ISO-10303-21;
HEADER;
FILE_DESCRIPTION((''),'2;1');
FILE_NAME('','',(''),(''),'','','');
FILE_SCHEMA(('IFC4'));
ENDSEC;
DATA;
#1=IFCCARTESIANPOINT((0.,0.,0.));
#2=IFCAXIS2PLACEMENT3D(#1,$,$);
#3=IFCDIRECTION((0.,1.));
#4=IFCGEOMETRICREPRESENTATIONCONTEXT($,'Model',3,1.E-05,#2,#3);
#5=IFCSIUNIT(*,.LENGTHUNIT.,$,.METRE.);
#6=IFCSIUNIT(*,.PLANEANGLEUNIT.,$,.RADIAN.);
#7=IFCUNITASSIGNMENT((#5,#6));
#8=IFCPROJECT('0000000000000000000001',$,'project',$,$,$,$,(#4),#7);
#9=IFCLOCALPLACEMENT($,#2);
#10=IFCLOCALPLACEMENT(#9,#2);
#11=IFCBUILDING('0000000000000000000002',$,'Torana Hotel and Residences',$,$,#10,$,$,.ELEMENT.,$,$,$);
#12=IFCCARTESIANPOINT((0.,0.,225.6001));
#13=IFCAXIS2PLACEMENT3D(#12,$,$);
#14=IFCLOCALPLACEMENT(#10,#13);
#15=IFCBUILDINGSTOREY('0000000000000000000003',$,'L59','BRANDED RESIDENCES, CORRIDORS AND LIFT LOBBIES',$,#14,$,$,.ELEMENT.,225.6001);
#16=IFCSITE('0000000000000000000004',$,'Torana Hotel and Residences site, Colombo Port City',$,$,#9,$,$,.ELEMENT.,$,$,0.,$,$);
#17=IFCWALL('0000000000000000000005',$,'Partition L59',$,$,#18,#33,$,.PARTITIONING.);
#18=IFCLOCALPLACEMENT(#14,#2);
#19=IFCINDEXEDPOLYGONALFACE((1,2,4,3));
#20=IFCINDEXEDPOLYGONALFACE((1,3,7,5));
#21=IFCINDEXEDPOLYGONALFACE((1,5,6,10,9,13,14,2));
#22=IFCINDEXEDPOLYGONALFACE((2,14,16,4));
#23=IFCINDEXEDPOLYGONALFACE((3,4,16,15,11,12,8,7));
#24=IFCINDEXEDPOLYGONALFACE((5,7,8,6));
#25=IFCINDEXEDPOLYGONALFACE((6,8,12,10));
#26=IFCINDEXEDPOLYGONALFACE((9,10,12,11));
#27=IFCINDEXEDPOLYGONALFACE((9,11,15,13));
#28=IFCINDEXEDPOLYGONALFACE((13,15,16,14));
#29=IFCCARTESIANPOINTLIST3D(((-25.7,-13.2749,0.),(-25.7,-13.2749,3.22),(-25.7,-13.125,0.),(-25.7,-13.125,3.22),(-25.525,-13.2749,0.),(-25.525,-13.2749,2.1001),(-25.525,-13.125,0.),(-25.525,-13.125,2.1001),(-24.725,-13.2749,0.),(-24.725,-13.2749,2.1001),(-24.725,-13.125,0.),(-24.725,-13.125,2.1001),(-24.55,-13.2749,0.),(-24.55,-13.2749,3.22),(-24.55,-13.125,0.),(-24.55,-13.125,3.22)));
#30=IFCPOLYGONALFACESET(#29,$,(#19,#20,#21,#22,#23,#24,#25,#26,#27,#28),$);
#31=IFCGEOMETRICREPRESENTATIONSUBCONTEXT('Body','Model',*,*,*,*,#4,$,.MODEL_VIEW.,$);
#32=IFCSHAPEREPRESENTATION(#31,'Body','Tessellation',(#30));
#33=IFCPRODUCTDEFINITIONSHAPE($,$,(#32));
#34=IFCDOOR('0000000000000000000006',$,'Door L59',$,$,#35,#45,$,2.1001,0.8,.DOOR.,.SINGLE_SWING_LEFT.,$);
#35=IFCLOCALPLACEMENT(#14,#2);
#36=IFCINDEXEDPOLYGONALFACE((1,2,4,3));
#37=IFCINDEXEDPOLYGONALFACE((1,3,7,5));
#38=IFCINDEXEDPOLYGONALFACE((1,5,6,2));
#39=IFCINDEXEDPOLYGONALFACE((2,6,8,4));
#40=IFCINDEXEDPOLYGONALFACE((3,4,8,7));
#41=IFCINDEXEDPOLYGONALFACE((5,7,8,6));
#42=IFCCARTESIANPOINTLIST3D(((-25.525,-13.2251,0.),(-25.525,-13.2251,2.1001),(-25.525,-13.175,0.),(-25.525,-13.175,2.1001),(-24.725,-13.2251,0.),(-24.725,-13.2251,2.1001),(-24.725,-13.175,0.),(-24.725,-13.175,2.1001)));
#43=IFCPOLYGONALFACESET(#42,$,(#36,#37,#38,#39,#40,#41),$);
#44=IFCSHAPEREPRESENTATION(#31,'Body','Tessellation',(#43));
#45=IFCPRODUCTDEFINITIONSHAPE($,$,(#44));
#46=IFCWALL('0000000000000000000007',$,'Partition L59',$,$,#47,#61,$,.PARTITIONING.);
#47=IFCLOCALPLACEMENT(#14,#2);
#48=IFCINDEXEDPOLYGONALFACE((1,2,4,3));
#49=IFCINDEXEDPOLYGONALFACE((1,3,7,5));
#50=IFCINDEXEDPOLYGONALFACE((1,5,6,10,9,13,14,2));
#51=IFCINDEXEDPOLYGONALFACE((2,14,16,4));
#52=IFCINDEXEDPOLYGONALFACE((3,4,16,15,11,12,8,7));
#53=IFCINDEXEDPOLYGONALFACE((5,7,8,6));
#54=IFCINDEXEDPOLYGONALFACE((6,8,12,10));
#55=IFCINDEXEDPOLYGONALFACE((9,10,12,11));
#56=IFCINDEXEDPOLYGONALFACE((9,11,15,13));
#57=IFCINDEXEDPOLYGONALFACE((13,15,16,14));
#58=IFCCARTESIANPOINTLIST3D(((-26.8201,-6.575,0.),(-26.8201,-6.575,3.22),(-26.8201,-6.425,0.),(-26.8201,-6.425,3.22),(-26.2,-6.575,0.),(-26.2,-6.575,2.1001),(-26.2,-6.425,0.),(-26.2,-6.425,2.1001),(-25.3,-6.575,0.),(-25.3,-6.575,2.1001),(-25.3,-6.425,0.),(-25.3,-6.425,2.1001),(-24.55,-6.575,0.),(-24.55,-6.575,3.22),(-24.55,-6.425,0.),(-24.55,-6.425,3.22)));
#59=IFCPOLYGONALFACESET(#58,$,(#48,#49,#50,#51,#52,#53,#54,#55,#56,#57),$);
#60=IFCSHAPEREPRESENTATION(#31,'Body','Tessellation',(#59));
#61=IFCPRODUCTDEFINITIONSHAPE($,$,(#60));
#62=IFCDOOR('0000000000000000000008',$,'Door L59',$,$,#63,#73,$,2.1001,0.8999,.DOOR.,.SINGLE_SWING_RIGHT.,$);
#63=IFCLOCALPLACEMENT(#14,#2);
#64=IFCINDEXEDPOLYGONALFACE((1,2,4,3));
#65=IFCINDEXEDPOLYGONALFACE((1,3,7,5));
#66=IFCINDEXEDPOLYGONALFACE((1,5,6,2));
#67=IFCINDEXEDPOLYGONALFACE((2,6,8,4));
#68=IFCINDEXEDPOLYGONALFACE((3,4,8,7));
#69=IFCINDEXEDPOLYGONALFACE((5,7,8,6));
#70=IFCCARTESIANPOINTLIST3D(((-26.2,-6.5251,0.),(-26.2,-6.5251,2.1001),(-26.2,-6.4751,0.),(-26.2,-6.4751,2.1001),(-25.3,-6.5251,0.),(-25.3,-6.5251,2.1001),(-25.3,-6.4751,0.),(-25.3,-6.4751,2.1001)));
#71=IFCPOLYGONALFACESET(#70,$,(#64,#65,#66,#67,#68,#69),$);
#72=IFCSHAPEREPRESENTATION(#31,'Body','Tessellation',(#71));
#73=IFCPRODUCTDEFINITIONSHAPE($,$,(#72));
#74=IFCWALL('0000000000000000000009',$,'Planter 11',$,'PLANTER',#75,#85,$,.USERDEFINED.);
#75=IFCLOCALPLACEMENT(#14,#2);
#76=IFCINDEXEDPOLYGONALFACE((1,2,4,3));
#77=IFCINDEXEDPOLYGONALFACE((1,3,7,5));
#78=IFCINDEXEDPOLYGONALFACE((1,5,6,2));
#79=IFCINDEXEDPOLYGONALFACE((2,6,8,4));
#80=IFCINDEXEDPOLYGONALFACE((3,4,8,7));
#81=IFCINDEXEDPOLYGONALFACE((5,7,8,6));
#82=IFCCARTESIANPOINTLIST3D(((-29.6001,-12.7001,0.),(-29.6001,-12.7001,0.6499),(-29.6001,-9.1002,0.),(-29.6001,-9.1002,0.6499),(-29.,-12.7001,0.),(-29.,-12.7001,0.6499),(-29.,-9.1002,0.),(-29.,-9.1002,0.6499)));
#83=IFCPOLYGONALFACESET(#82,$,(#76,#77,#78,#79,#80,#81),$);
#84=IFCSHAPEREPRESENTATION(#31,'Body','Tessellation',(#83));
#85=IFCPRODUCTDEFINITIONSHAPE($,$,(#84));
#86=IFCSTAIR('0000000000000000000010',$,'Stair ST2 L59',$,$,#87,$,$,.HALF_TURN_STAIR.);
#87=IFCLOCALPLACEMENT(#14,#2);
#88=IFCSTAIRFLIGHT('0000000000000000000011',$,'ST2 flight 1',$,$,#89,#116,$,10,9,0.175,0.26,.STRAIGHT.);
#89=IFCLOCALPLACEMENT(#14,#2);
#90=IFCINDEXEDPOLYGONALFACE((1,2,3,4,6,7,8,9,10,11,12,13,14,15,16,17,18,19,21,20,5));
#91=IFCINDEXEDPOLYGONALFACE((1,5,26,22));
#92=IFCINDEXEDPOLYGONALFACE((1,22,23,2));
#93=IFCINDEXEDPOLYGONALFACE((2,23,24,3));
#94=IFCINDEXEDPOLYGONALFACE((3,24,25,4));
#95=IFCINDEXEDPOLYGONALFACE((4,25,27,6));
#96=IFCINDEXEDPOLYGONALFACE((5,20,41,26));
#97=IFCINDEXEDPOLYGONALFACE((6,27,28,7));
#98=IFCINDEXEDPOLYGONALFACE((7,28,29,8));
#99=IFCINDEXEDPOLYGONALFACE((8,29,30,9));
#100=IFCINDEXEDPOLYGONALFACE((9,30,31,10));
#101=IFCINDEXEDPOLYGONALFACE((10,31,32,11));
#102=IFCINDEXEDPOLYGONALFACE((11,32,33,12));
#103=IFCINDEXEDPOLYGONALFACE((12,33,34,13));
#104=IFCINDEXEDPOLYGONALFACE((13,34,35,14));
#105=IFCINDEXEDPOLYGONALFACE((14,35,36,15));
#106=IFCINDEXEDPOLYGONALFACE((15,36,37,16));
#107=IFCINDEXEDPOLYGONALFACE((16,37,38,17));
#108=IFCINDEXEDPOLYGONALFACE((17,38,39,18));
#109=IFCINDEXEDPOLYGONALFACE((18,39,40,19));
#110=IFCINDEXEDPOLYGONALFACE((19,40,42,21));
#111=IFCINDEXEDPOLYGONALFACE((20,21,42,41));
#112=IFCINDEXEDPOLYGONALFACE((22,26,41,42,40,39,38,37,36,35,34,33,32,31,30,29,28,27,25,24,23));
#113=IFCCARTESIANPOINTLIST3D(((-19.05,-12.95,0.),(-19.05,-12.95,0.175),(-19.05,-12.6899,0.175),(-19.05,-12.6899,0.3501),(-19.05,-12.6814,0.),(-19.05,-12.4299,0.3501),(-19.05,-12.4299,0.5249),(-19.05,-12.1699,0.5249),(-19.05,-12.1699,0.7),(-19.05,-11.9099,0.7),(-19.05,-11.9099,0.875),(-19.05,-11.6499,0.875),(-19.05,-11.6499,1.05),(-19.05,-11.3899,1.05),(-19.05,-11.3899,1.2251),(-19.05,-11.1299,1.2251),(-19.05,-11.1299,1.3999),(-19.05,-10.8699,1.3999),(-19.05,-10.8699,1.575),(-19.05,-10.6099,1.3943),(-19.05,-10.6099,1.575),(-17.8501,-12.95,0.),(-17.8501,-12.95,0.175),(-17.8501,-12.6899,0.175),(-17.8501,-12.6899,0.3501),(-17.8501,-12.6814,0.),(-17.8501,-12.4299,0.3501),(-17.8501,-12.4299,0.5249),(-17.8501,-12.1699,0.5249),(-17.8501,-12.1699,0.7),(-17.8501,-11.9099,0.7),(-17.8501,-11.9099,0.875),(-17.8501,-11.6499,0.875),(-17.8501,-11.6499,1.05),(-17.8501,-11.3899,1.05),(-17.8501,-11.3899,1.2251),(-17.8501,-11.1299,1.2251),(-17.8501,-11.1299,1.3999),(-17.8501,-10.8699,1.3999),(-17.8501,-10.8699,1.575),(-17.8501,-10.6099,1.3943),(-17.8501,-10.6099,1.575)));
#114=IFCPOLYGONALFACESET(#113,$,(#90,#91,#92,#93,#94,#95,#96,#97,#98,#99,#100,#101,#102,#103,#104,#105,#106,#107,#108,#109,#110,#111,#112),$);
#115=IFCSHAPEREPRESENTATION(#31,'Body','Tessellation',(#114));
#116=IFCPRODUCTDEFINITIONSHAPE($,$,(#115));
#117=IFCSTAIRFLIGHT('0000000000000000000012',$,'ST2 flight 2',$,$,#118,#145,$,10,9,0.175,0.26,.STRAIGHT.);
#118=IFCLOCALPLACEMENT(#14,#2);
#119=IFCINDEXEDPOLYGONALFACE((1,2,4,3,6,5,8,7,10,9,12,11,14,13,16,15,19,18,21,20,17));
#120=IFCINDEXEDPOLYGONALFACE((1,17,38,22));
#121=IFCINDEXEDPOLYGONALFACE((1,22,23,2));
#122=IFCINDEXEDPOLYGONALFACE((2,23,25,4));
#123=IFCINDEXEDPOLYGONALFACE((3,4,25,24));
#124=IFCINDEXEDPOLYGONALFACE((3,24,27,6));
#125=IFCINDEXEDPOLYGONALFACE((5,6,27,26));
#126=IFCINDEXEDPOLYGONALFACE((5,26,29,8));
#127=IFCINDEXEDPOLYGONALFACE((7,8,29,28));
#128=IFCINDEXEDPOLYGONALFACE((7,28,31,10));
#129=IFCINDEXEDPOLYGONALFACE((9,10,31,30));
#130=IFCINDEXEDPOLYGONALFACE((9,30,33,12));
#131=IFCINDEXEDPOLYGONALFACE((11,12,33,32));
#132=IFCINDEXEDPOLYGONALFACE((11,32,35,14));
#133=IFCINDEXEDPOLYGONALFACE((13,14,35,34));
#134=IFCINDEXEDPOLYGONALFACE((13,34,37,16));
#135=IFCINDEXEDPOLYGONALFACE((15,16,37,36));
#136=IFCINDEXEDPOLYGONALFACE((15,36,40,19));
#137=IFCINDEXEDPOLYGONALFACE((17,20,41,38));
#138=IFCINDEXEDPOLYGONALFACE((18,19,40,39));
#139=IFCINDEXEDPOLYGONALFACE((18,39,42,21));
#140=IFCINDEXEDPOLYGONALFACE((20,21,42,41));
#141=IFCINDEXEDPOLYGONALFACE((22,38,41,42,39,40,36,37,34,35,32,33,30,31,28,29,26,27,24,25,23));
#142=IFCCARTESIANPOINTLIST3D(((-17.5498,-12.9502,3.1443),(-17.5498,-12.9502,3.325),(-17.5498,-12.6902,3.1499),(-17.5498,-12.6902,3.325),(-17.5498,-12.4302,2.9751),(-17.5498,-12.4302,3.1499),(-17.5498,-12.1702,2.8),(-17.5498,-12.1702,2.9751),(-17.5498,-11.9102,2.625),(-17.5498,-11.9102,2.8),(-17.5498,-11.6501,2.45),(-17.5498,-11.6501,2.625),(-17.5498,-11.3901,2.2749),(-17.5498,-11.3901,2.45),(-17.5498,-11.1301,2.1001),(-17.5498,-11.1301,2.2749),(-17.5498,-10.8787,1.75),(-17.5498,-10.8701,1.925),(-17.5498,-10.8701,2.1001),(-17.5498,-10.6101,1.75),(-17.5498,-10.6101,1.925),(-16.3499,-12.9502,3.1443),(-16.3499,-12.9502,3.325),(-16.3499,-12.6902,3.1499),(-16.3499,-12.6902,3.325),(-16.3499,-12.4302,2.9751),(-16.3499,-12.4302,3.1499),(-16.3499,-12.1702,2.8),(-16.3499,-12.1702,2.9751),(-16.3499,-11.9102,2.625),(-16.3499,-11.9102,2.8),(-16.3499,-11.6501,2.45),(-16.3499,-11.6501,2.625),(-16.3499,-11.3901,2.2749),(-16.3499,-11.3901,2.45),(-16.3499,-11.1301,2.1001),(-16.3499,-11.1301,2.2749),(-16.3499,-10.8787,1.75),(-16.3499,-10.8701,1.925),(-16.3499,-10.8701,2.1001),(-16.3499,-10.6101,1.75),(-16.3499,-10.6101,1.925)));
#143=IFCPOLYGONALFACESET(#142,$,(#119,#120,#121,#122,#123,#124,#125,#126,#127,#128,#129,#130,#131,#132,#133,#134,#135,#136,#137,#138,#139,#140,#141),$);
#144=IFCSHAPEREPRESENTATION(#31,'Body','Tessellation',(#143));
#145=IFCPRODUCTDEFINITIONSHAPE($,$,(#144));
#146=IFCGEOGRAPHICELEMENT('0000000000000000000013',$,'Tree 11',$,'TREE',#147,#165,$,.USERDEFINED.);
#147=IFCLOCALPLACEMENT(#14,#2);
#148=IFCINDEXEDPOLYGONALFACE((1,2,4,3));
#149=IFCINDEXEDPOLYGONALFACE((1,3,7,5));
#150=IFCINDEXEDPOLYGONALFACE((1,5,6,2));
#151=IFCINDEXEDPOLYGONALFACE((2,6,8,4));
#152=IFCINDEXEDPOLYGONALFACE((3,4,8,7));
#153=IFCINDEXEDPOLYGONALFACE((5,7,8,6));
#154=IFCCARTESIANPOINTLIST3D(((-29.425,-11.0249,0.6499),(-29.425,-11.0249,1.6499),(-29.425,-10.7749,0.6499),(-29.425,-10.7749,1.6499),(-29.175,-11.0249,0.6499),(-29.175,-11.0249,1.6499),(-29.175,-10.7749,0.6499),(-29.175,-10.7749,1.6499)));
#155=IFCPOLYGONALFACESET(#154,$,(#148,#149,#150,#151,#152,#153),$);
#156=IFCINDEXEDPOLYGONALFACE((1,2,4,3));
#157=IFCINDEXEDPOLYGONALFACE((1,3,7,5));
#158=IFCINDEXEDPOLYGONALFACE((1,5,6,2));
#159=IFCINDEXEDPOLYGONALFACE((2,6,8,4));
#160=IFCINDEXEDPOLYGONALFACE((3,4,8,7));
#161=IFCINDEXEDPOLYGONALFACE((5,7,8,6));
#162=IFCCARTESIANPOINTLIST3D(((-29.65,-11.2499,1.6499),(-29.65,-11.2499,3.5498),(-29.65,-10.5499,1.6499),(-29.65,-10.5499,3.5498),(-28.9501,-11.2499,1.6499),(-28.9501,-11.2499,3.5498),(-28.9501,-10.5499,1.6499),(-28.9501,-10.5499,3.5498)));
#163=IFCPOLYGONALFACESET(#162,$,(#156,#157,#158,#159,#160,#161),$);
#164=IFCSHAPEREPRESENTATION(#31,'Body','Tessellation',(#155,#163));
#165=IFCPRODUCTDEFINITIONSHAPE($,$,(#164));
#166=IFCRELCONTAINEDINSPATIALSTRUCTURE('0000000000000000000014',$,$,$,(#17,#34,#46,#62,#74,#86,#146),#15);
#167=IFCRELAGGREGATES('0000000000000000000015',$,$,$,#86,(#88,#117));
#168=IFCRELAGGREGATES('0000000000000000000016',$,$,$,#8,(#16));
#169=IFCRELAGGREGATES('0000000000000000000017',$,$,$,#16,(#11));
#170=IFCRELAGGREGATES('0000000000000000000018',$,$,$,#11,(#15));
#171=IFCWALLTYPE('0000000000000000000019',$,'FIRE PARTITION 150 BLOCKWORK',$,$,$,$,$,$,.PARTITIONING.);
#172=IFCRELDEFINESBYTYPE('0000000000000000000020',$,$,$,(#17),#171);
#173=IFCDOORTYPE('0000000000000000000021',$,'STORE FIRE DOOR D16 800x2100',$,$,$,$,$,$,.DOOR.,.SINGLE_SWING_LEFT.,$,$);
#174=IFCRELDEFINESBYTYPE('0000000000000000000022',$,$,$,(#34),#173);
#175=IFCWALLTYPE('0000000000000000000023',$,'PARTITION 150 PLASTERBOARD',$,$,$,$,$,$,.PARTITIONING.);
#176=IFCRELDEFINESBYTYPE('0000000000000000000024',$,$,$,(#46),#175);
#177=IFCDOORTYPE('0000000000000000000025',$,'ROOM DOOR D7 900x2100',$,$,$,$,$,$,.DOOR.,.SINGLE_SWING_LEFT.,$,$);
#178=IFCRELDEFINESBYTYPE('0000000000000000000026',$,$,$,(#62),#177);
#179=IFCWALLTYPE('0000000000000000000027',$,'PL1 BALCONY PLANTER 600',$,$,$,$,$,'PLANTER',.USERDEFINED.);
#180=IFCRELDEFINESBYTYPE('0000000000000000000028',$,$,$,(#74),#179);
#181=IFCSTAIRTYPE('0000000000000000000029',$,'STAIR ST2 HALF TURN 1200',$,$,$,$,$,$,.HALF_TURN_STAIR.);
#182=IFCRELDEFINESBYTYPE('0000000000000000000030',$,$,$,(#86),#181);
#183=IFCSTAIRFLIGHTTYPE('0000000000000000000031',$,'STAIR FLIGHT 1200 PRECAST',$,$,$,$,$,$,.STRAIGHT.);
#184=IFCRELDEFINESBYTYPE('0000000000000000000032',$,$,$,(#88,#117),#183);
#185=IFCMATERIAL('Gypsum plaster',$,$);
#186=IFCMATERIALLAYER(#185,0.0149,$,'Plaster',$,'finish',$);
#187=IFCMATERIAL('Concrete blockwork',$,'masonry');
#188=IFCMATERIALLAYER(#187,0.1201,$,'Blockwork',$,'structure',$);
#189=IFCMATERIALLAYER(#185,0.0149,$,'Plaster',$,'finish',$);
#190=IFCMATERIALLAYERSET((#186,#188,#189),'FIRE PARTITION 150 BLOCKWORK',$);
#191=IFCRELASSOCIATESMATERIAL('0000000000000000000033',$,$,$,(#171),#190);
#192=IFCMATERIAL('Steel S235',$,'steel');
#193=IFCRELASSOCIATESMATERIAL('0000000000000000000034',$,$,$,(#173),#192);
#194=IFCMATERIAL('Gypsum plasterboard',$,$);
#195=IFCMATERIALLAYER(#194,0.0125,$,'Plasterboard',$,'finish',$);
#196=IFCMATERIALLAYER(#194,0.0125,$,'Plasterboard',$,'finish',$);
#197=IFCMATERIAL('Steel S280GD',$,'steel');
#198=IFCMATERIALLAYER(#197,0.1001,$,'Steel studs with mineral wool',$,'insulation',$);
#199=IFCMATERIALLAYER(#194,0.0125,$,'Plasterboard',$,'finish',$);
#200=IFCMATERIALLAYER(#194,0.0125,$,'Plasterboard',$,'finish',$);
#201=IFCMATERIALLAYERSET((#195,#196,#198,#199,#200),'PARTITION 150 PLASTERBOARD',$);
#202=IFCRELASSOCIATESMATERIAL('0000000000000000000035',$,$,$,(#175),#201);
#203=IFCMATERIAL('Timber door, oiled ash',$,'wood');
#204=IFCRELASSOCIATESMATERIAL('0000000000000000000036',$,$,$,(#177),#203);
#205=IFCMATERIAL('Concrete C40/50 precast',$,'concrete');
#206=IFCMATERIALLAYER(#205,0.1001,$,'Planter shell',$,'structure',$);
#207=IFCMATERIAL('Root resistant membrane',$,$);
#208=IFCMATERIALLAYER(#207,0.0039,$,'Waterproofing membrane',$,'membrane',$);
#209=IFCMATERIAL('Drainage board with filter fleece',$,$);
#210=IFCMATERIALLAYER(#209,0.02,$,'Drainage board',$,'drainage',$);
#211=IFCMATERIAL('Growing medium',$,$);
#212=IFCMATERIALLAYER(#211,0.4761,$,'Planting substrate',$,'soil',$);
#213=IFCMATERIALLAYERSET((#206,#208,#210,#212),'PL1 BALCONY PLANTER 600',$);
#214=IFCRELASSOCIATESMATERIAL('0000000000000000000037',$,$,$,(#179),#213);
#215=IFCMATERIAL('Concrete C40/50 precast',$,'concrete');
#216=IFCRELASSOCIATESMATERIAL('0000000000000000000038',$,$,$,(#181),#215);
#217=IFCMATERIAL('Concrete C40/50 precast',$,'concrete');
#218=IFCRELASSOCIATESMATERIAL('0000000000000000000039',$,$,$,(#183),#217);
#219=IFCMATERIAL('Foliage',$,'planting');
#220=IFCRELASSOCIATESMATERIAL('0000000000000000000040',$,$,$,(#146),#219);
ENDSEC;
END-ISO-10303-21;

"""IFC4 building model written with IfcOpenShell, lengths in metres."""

from ifc_helpers import new_model, si_unit, direction, frame, frame_2d, origin, origin_2d, place, context, subcontext, project, spatial, polyline, rectangle, outline, extrude, material, layer, layer_set, type_object, element, fill, aggregate, save


model = new_model("IFC4")

# Units and contexts
model_context = context("Model", 3, precision=1e-05, world=origin(), true_north=direction((0.0, 1.0)))
body_context = subcontext(model_context, "Body", "Model", "MODEL_VIEW")
ifc_project = project(units=[si_unit("LENGTHUNIT", "METRE"), si_unit("PLANEANGLEUNIT", "RADIAN")], contexts=[model_context])

# Site, building, storey
site_placement = place(None, origin())
site = spatial("IfcSite", under=ifc_project, at=site_placement, Name="Torana Hotel and Residences site, Colombo Port City", CompositionType="ELEMENT", RefElevation=0.0)
building_placement = place(site_placement, origin())
building = spatial("IfcBuilding", under=site, at=building_placement, Name="Torana Hotel and Residences", CompositionType="ELEMENT")
storey_placement = place(building_placement, frame((0.0, 0.0, 225.6001)))
storey = spatial("IfcBuildingStorey", under=building, at=storey_placement, Name="L59", Description="BRANDED RESIDENCES, CORRIDORS AND LIFT LOBBIES", CompositionType="ELEMENT", Elevation=225.6001)

# Walls, openings, doors
ifc_material_1 = material(Name="Gypsum plaster")
ifc_layer_1 = layer(ifc_material_1, 0.0149, Name="Plaster", Category="finish")
ifc_material_2 = material(Name="Concrete blockwork", Category="masonry")
ifc_layer_2 = layer(ifc_material_2, 0.1201, Name="Blockwork", Category="structure")
ifc_layer_3 = layer(ifc_material_1, 0.0149, Name="Plaster", Category="finish")
ifc_layer_set_1 = layer_set([ifc_layer_1, ifc_layer_2, ifc_layer_3], Name="FIRE PARTITION 150 BLOCKWORK")
wall_type_1 = type_object("IfcWallType", Name="FIRE PARTITION 150 BLOCKWORK", PredefinedType="PARTITIONING", material=ifc_layer_set_1)
wall_1_placement = place(storey_placement, frame((-25.7, -13.2, 0.0), z_axis=(0.0, 0.0, 1.0), x_axis=(1.0, 0.0, 0.0)))
wall_1 = element("IfcWall", 1, at=wall_1_placement, inside=storey, type_object=wall_type_1, Name="Partition L59", PredefinedType="PARTITIONING", context=body_context, shape_type="SweptSolid", body=[
    extrude(rectangle(XDim=1.1499, YDim=0.1499, at=frame_2d((0.575, 0.0))), origin(), (0.0, 0.0, 1.0), 3.22),
])
opening_1_placement = place(wall_1_placement, frame((0.175, 0.0, 0.0)))
opening_1 = element("IfcOpeningElement", 2, at=opening_1_placement, cuts=wall_1, PredefinedType="OPENING", context=body_context, shape_type="SweptSolid", body=[
    extrude(rectangle(XDim=0.8, YDim=2.1001, at=frame_2d((0.3999, 1.05))), frame((0.0, 0.085, 0.0), z_axis=(0.0, -1.0, 0.0), x_axis=(1.0, 0.0, 0.0)), (0.0, 0.0, 1.0), 0.1699),
])
ifc_material_3 = material(Name="Steel S235", Category="steel")
door_type_1 = type_object("IfcDoorType", Name="STORE FIRE DOOR D16 800x2100", OperationType="SINGLE_SWING_LEFT", PredefinedType="DOOR", material=ifc_material_3)
door_1_placement = place(opening_1_placement, origin())
door_1 = element("IfcDoor", 3, at=door_1_placement, inside=storey, type_object=door_type_1, Name="Door L59", OperationType="SINGLE_SWING_LEFT", OverallHeight=2.1001, OverallWidth=0.8, PredefinedType="DOOR", context=body_context, shape_type="SweptSolid", body=[
    extrude(rectangle(XDim=0.8, YDim=2.1001, at=frame_2d((0.3999, 1.05))), frame((0.0, 0.0249, 0.0), z_axis=(0.0, -1.0, 0.0), x_axis=(1.0, 0.0, 0.0)), (0.0, 0.0, 1.0), 0.05),
])
fill(opening_1, door_1)
ifc_material_4 = material(Name="Gypsum plasterboard")
ifc_layer_4 = layer(ifc_material_4, 0.0125, Name="Plasterboard", Category="finish")
ifc_layer_5 = layer(ifc_material_4, 0.0125, Name="Plasterboard", Category="finish")
ifc_material_5 = material(Name="Steel S280GD", Category="steel")
ifc_layer_6 = layer(ifc_material_5, 0.1001, Name="Steel studs with mineral wool", Category="insulation")
ifc_layer_7 = layer(ifc_material_4, 0.0125, Name="Plasterboard", Category="finish")
ifc_layer_8 = layer(ifc_material_4, 0.0125, Name="Plasterboard", Category="finish")
ifc_layer_set_2 = layer_set([ifc_layer_4, ifc_layer_5, ifc_layer_6, ifc_layer_7, ifc_layer_8], Name="PARTITION 150 PLASTERBOARD")
wall_type_2 = type_object("IfcWallType", Name="PARTITION 150 PLASTERBOARD", PredefinedType="PARTITIONING", material=ifc_layer_set_2)
wall_2_placement = place(storey_placement, frame((-26.8201, -6.5, 0.0), z_axis=(0.0, 0.0, 1.0), x_axis=(1.0, 0.0, 0.0)))
wall_2 = element("IfcWall", 4, at=wall_2_placement, inside=storey, type_object=wall_type_2, Name="Partition L59", PredefinedType="PARTITIONING", context=body_context, shape_type="SweptSolid", body=[
    extrude(rectangle(XDim=2.27, YDim=0.1499, at=frame_2d((1.135, 0.0))), origin(), (0.0, 0.0, 1.0), 3.22),
])
opening_2_placement = place(wall_2_placement, frame((0.6201, 0.0, 0.0)))
opening_2 = element("IfcOpeningElement", 5, at=opening_2_placement, cuts=wall_2, PredefinedType="OPENING", context=body_context, shape_type="SweptSolid", body=[
    extrude(rectangle(XDim=0.8999, YDim=2.1001, at=frame_2d((0.45, 1.05))), frame((0.0, 0.085, 0.0), z_axis=(0.0, -1.0, 0.0), x_axis=(1.0, 0.0, 0.0)), (0.0, 0.0, 1.0), 0.1699),
])
ifc_material_6 = material(Name="Timber door, oiled ash", Category="wood")
door_type_2 = type_object("IfcDoorType", Name="ROOM DOOR D7 900x2100", OperationType="SINGLE_SWING_LEFT", PredefinedType="DOOR", material=ifc_material_6)
door_2_placement = place(opening_2_placement, origin())
door_2 = element("IfcDoor", 6, at=door_2_placement, inside=storey, type_object=door_type_2, Name="Door L59", OperationType="SINGLE_SWING_RIGHT", OverallHeight=2.1001, OverallWidth=0.8999, PredefinedType="DOOR", context=body_context, shape_type="SweptSolid", body=[
    extrude(rectangle(XDim=0.8999, YDim=2.1001, at=frame_2d((0.45, 1.05))), frame((0.0, 0.0249, 0.0), z_axis=(0.0, -1.0, 0.0), x_axis=(1.0, 0.0, 0.0)), (0.0, 0.0, 1.0), 0.05),
])
fill(opening_2, door_2)

# Wall
ifc_material_7 = material(Name="Concrete C40/50 precast", Category="concrete")
ifc_layer_9 = layer(ifc_material_7, 0.1001, Name="Planter shell", Category="structure")
ifc_material_8 = material(Name="Root resistant membrane")
ifc_layer_10 = layer(ifc_material_8, 0.0039, Name="Waterproofing membrane", Category="membrane")
ifc_material_9 = material(Name="Drainage board with filter fleece")
ifc_layer_11 = layer(ifc_material_9, 0.02, Name="Drainage board", Category="drainage")
ifc_material_10 = material(Name="Growing medium")
ifc_layer_12 = layer(ifc_material_10, 0.4761, Name="Planting substrate", Category="soil")
ifc_layer_set_3 = layer_set([ifc_layer_9, ifc_layer_10, ifc_layer_11, ifc_layer_12], Name="PL1 BALCONY PLANTER 600")
wall_type_3 = type_object("IfcWallType", Name="PL1 BALCONY PLANTER 600", ElementType="PLANTER", PredefinedType="USERDEFINED", material=ifc_layer_set_3)
wall_3_placement = place(storey_placement, frame((-29.3, -12.7, 0.0), z_axis=(0.0, 0.0, 1.0), x_axis=(0.0, 1.0, 0.0)))
element("IfcWall", 7, at=wall_3_placement, inside=storey, type_object=wall_type_3, Name="Planter 11", ObjectType="PLANTER", PredefinedType="USERDEFINED", context=body_context, shape_type="SweptSolid", body=[
    extrude(rectangle(XDim=3.5999, YDim=0.6001, at=frame_2d((1.7998, 0.0))), origin(), (0.0, 0.0, 1.0), 0.6499),
])

# Stair, stair flights
ifc_material_11 = material(Name="Concrete C40/50 precast", Category="concrete")
stair_type = type_object("IfcStairType", Name="STAIR ST2 HALF TURN 1200", PredefinedType="HALF_TURN_STAIR", material=ifc_material_11)
stair_placement = place(storey_placement, origin())
stair = element("IfcStair", 8, at=stair_placement, inside=storey, type_object=stair_type, Name="Stair ST2 L59", PredefinedType="HALF_TURN_STAIR")
ifc_material_12 = material(Name="Concrete C40/50 precast", Category="concrete")
stair_flight_type = type_object("IfcStairFlightType", Name="STAIR FLIGHT 1200 PRECAST", PredefinedType="STRAIGHT", material=ifc_material_12)
stair_flight_1_placement = place(storey_placement, frame((-18.45, -12.95, 0.0), z_axis=(0.0, 0.0, 1.0), x_axis=(0.0, 1.0, 0.0)))
stair_flight_1 = element("IfcStairFlight", 9, at=stair_flight_1_placement, type_object=stair_flight_type, Name="ST2 flight 1", NumberOfRisers=10, NumberOfTreads=9, PredefinedType="STRAIGHT", RiserHeight=0.175, TreadLength=0.26, context=body_context, shape_type="SweptSolid", body=[
    extrude(outline(polyline([(0.0, 0.0), (0.0, 0.175), (0.26, 0.175), (0.26, 0.3501), (0.52, 0.3501), (0.52, 0.5249), (0.78, 0.5249), (0.78, 0.7), (1.04, 0.7), (1.04, 0.875), (1.3, 0.875), (1.3, 1.05), (1.5601, 1.05), (1.5601, 1.2251), (1.8201, 1.2251), (1.8201, 1.3999), (2.0801, 1.3999), (2.0801, 1.575), (2.3401, 1.575), (2.3401, 1.75), (2.3401, 1.3943), (0.2686, 0.0), (0.0, 0.0)])), frame((0.0, 0.6001, 0.0), z_axis=(0.0, -1.0, 0.0), x_axis=(1.0, 0.0, 0.0)), (0.0, 0.0, 1.0), 1.2),
])
stair_flight_2_placement = place(storey_placement, frame((-16.95, -10.6101, 1.75), z_axis=(0.0, 0.0, 1.0), x_axis=(0.0, -1.0, 0.0)))
stair_flight_2 = element("IfcStairFlight", 10, at=stair_flight_2_placement, type_object=stair_flight_type, Name="ST2 flight 2", NumberOfRisers=10, NumberOfTreads=9, PredefinedType="STRAIGHT", RiserHeight=0.175, TreadLength=0.26, context=body_context, shape_type="SweptSolid", body=[
    extrude(outline(polyline([(0.0, 0.0), (0.0, 0.175), (0.26, 0.175), (0.26, 0.3501), (0.52, 0.3501), (0.52, 0.5249), (0.78, 0.5249), (0.78, 0.7), (1.04, 0.7), (1.04, 0.875), (1.3, 0.875), (1.3, 1.05), (1.5601, 1.05), (1.5601, 1.2251), (1.8201, 1.2251), (1.8201, 1.3999), (2.0801, 1.3999), (2.0801, 1.575), (2.3401, 1.575), (2.3401, 1.75), (2.3401, 1.3943), (0.2686, 0.0), (0.0, 0.0)])), frame((0.0, 0.6001, 0.0), z_axis=(0.0, -1.0, 0.0), x_axis=(1.0, 0.0, 0.0)), (0.0, 0.0, 1.0), 1.2),
])
aggregate(stair, [stair_flight_1, stair_flight_2])

# Geographic element
ifc_material_13 = material(Name="Foliage", Category="planting")
geographic_element_placement = place(storey_placement, frame((-29.3, -10.8999, 0.6499), z_axis=(0.0, 0.0, 1.0), x_axis=(1.0, 0.0, 0.0)))
element("IfcGeographicElement", 11, at=geographic_element_placement, inside=storey, material=ifc_material_13, Name="Tree 11", ObjectType="TREE", PredefinedType="USERDEFINED", context=body_context, shape_type="SweptSolid", body=[
    extrude(rectangle(XDim=0.25, YDim=0.25, at=origin_2d()), origin(), (0.0, 0.0, 1.0), 1.0),
    extrude(rectangle(XDim=0.7, YDim=0.7, at=origin_2d()), frame((0.0, 0.0, 1.0)), (0.0, 0.0, 1.0), 1.8999),
])

save(model, "model.ifc")
